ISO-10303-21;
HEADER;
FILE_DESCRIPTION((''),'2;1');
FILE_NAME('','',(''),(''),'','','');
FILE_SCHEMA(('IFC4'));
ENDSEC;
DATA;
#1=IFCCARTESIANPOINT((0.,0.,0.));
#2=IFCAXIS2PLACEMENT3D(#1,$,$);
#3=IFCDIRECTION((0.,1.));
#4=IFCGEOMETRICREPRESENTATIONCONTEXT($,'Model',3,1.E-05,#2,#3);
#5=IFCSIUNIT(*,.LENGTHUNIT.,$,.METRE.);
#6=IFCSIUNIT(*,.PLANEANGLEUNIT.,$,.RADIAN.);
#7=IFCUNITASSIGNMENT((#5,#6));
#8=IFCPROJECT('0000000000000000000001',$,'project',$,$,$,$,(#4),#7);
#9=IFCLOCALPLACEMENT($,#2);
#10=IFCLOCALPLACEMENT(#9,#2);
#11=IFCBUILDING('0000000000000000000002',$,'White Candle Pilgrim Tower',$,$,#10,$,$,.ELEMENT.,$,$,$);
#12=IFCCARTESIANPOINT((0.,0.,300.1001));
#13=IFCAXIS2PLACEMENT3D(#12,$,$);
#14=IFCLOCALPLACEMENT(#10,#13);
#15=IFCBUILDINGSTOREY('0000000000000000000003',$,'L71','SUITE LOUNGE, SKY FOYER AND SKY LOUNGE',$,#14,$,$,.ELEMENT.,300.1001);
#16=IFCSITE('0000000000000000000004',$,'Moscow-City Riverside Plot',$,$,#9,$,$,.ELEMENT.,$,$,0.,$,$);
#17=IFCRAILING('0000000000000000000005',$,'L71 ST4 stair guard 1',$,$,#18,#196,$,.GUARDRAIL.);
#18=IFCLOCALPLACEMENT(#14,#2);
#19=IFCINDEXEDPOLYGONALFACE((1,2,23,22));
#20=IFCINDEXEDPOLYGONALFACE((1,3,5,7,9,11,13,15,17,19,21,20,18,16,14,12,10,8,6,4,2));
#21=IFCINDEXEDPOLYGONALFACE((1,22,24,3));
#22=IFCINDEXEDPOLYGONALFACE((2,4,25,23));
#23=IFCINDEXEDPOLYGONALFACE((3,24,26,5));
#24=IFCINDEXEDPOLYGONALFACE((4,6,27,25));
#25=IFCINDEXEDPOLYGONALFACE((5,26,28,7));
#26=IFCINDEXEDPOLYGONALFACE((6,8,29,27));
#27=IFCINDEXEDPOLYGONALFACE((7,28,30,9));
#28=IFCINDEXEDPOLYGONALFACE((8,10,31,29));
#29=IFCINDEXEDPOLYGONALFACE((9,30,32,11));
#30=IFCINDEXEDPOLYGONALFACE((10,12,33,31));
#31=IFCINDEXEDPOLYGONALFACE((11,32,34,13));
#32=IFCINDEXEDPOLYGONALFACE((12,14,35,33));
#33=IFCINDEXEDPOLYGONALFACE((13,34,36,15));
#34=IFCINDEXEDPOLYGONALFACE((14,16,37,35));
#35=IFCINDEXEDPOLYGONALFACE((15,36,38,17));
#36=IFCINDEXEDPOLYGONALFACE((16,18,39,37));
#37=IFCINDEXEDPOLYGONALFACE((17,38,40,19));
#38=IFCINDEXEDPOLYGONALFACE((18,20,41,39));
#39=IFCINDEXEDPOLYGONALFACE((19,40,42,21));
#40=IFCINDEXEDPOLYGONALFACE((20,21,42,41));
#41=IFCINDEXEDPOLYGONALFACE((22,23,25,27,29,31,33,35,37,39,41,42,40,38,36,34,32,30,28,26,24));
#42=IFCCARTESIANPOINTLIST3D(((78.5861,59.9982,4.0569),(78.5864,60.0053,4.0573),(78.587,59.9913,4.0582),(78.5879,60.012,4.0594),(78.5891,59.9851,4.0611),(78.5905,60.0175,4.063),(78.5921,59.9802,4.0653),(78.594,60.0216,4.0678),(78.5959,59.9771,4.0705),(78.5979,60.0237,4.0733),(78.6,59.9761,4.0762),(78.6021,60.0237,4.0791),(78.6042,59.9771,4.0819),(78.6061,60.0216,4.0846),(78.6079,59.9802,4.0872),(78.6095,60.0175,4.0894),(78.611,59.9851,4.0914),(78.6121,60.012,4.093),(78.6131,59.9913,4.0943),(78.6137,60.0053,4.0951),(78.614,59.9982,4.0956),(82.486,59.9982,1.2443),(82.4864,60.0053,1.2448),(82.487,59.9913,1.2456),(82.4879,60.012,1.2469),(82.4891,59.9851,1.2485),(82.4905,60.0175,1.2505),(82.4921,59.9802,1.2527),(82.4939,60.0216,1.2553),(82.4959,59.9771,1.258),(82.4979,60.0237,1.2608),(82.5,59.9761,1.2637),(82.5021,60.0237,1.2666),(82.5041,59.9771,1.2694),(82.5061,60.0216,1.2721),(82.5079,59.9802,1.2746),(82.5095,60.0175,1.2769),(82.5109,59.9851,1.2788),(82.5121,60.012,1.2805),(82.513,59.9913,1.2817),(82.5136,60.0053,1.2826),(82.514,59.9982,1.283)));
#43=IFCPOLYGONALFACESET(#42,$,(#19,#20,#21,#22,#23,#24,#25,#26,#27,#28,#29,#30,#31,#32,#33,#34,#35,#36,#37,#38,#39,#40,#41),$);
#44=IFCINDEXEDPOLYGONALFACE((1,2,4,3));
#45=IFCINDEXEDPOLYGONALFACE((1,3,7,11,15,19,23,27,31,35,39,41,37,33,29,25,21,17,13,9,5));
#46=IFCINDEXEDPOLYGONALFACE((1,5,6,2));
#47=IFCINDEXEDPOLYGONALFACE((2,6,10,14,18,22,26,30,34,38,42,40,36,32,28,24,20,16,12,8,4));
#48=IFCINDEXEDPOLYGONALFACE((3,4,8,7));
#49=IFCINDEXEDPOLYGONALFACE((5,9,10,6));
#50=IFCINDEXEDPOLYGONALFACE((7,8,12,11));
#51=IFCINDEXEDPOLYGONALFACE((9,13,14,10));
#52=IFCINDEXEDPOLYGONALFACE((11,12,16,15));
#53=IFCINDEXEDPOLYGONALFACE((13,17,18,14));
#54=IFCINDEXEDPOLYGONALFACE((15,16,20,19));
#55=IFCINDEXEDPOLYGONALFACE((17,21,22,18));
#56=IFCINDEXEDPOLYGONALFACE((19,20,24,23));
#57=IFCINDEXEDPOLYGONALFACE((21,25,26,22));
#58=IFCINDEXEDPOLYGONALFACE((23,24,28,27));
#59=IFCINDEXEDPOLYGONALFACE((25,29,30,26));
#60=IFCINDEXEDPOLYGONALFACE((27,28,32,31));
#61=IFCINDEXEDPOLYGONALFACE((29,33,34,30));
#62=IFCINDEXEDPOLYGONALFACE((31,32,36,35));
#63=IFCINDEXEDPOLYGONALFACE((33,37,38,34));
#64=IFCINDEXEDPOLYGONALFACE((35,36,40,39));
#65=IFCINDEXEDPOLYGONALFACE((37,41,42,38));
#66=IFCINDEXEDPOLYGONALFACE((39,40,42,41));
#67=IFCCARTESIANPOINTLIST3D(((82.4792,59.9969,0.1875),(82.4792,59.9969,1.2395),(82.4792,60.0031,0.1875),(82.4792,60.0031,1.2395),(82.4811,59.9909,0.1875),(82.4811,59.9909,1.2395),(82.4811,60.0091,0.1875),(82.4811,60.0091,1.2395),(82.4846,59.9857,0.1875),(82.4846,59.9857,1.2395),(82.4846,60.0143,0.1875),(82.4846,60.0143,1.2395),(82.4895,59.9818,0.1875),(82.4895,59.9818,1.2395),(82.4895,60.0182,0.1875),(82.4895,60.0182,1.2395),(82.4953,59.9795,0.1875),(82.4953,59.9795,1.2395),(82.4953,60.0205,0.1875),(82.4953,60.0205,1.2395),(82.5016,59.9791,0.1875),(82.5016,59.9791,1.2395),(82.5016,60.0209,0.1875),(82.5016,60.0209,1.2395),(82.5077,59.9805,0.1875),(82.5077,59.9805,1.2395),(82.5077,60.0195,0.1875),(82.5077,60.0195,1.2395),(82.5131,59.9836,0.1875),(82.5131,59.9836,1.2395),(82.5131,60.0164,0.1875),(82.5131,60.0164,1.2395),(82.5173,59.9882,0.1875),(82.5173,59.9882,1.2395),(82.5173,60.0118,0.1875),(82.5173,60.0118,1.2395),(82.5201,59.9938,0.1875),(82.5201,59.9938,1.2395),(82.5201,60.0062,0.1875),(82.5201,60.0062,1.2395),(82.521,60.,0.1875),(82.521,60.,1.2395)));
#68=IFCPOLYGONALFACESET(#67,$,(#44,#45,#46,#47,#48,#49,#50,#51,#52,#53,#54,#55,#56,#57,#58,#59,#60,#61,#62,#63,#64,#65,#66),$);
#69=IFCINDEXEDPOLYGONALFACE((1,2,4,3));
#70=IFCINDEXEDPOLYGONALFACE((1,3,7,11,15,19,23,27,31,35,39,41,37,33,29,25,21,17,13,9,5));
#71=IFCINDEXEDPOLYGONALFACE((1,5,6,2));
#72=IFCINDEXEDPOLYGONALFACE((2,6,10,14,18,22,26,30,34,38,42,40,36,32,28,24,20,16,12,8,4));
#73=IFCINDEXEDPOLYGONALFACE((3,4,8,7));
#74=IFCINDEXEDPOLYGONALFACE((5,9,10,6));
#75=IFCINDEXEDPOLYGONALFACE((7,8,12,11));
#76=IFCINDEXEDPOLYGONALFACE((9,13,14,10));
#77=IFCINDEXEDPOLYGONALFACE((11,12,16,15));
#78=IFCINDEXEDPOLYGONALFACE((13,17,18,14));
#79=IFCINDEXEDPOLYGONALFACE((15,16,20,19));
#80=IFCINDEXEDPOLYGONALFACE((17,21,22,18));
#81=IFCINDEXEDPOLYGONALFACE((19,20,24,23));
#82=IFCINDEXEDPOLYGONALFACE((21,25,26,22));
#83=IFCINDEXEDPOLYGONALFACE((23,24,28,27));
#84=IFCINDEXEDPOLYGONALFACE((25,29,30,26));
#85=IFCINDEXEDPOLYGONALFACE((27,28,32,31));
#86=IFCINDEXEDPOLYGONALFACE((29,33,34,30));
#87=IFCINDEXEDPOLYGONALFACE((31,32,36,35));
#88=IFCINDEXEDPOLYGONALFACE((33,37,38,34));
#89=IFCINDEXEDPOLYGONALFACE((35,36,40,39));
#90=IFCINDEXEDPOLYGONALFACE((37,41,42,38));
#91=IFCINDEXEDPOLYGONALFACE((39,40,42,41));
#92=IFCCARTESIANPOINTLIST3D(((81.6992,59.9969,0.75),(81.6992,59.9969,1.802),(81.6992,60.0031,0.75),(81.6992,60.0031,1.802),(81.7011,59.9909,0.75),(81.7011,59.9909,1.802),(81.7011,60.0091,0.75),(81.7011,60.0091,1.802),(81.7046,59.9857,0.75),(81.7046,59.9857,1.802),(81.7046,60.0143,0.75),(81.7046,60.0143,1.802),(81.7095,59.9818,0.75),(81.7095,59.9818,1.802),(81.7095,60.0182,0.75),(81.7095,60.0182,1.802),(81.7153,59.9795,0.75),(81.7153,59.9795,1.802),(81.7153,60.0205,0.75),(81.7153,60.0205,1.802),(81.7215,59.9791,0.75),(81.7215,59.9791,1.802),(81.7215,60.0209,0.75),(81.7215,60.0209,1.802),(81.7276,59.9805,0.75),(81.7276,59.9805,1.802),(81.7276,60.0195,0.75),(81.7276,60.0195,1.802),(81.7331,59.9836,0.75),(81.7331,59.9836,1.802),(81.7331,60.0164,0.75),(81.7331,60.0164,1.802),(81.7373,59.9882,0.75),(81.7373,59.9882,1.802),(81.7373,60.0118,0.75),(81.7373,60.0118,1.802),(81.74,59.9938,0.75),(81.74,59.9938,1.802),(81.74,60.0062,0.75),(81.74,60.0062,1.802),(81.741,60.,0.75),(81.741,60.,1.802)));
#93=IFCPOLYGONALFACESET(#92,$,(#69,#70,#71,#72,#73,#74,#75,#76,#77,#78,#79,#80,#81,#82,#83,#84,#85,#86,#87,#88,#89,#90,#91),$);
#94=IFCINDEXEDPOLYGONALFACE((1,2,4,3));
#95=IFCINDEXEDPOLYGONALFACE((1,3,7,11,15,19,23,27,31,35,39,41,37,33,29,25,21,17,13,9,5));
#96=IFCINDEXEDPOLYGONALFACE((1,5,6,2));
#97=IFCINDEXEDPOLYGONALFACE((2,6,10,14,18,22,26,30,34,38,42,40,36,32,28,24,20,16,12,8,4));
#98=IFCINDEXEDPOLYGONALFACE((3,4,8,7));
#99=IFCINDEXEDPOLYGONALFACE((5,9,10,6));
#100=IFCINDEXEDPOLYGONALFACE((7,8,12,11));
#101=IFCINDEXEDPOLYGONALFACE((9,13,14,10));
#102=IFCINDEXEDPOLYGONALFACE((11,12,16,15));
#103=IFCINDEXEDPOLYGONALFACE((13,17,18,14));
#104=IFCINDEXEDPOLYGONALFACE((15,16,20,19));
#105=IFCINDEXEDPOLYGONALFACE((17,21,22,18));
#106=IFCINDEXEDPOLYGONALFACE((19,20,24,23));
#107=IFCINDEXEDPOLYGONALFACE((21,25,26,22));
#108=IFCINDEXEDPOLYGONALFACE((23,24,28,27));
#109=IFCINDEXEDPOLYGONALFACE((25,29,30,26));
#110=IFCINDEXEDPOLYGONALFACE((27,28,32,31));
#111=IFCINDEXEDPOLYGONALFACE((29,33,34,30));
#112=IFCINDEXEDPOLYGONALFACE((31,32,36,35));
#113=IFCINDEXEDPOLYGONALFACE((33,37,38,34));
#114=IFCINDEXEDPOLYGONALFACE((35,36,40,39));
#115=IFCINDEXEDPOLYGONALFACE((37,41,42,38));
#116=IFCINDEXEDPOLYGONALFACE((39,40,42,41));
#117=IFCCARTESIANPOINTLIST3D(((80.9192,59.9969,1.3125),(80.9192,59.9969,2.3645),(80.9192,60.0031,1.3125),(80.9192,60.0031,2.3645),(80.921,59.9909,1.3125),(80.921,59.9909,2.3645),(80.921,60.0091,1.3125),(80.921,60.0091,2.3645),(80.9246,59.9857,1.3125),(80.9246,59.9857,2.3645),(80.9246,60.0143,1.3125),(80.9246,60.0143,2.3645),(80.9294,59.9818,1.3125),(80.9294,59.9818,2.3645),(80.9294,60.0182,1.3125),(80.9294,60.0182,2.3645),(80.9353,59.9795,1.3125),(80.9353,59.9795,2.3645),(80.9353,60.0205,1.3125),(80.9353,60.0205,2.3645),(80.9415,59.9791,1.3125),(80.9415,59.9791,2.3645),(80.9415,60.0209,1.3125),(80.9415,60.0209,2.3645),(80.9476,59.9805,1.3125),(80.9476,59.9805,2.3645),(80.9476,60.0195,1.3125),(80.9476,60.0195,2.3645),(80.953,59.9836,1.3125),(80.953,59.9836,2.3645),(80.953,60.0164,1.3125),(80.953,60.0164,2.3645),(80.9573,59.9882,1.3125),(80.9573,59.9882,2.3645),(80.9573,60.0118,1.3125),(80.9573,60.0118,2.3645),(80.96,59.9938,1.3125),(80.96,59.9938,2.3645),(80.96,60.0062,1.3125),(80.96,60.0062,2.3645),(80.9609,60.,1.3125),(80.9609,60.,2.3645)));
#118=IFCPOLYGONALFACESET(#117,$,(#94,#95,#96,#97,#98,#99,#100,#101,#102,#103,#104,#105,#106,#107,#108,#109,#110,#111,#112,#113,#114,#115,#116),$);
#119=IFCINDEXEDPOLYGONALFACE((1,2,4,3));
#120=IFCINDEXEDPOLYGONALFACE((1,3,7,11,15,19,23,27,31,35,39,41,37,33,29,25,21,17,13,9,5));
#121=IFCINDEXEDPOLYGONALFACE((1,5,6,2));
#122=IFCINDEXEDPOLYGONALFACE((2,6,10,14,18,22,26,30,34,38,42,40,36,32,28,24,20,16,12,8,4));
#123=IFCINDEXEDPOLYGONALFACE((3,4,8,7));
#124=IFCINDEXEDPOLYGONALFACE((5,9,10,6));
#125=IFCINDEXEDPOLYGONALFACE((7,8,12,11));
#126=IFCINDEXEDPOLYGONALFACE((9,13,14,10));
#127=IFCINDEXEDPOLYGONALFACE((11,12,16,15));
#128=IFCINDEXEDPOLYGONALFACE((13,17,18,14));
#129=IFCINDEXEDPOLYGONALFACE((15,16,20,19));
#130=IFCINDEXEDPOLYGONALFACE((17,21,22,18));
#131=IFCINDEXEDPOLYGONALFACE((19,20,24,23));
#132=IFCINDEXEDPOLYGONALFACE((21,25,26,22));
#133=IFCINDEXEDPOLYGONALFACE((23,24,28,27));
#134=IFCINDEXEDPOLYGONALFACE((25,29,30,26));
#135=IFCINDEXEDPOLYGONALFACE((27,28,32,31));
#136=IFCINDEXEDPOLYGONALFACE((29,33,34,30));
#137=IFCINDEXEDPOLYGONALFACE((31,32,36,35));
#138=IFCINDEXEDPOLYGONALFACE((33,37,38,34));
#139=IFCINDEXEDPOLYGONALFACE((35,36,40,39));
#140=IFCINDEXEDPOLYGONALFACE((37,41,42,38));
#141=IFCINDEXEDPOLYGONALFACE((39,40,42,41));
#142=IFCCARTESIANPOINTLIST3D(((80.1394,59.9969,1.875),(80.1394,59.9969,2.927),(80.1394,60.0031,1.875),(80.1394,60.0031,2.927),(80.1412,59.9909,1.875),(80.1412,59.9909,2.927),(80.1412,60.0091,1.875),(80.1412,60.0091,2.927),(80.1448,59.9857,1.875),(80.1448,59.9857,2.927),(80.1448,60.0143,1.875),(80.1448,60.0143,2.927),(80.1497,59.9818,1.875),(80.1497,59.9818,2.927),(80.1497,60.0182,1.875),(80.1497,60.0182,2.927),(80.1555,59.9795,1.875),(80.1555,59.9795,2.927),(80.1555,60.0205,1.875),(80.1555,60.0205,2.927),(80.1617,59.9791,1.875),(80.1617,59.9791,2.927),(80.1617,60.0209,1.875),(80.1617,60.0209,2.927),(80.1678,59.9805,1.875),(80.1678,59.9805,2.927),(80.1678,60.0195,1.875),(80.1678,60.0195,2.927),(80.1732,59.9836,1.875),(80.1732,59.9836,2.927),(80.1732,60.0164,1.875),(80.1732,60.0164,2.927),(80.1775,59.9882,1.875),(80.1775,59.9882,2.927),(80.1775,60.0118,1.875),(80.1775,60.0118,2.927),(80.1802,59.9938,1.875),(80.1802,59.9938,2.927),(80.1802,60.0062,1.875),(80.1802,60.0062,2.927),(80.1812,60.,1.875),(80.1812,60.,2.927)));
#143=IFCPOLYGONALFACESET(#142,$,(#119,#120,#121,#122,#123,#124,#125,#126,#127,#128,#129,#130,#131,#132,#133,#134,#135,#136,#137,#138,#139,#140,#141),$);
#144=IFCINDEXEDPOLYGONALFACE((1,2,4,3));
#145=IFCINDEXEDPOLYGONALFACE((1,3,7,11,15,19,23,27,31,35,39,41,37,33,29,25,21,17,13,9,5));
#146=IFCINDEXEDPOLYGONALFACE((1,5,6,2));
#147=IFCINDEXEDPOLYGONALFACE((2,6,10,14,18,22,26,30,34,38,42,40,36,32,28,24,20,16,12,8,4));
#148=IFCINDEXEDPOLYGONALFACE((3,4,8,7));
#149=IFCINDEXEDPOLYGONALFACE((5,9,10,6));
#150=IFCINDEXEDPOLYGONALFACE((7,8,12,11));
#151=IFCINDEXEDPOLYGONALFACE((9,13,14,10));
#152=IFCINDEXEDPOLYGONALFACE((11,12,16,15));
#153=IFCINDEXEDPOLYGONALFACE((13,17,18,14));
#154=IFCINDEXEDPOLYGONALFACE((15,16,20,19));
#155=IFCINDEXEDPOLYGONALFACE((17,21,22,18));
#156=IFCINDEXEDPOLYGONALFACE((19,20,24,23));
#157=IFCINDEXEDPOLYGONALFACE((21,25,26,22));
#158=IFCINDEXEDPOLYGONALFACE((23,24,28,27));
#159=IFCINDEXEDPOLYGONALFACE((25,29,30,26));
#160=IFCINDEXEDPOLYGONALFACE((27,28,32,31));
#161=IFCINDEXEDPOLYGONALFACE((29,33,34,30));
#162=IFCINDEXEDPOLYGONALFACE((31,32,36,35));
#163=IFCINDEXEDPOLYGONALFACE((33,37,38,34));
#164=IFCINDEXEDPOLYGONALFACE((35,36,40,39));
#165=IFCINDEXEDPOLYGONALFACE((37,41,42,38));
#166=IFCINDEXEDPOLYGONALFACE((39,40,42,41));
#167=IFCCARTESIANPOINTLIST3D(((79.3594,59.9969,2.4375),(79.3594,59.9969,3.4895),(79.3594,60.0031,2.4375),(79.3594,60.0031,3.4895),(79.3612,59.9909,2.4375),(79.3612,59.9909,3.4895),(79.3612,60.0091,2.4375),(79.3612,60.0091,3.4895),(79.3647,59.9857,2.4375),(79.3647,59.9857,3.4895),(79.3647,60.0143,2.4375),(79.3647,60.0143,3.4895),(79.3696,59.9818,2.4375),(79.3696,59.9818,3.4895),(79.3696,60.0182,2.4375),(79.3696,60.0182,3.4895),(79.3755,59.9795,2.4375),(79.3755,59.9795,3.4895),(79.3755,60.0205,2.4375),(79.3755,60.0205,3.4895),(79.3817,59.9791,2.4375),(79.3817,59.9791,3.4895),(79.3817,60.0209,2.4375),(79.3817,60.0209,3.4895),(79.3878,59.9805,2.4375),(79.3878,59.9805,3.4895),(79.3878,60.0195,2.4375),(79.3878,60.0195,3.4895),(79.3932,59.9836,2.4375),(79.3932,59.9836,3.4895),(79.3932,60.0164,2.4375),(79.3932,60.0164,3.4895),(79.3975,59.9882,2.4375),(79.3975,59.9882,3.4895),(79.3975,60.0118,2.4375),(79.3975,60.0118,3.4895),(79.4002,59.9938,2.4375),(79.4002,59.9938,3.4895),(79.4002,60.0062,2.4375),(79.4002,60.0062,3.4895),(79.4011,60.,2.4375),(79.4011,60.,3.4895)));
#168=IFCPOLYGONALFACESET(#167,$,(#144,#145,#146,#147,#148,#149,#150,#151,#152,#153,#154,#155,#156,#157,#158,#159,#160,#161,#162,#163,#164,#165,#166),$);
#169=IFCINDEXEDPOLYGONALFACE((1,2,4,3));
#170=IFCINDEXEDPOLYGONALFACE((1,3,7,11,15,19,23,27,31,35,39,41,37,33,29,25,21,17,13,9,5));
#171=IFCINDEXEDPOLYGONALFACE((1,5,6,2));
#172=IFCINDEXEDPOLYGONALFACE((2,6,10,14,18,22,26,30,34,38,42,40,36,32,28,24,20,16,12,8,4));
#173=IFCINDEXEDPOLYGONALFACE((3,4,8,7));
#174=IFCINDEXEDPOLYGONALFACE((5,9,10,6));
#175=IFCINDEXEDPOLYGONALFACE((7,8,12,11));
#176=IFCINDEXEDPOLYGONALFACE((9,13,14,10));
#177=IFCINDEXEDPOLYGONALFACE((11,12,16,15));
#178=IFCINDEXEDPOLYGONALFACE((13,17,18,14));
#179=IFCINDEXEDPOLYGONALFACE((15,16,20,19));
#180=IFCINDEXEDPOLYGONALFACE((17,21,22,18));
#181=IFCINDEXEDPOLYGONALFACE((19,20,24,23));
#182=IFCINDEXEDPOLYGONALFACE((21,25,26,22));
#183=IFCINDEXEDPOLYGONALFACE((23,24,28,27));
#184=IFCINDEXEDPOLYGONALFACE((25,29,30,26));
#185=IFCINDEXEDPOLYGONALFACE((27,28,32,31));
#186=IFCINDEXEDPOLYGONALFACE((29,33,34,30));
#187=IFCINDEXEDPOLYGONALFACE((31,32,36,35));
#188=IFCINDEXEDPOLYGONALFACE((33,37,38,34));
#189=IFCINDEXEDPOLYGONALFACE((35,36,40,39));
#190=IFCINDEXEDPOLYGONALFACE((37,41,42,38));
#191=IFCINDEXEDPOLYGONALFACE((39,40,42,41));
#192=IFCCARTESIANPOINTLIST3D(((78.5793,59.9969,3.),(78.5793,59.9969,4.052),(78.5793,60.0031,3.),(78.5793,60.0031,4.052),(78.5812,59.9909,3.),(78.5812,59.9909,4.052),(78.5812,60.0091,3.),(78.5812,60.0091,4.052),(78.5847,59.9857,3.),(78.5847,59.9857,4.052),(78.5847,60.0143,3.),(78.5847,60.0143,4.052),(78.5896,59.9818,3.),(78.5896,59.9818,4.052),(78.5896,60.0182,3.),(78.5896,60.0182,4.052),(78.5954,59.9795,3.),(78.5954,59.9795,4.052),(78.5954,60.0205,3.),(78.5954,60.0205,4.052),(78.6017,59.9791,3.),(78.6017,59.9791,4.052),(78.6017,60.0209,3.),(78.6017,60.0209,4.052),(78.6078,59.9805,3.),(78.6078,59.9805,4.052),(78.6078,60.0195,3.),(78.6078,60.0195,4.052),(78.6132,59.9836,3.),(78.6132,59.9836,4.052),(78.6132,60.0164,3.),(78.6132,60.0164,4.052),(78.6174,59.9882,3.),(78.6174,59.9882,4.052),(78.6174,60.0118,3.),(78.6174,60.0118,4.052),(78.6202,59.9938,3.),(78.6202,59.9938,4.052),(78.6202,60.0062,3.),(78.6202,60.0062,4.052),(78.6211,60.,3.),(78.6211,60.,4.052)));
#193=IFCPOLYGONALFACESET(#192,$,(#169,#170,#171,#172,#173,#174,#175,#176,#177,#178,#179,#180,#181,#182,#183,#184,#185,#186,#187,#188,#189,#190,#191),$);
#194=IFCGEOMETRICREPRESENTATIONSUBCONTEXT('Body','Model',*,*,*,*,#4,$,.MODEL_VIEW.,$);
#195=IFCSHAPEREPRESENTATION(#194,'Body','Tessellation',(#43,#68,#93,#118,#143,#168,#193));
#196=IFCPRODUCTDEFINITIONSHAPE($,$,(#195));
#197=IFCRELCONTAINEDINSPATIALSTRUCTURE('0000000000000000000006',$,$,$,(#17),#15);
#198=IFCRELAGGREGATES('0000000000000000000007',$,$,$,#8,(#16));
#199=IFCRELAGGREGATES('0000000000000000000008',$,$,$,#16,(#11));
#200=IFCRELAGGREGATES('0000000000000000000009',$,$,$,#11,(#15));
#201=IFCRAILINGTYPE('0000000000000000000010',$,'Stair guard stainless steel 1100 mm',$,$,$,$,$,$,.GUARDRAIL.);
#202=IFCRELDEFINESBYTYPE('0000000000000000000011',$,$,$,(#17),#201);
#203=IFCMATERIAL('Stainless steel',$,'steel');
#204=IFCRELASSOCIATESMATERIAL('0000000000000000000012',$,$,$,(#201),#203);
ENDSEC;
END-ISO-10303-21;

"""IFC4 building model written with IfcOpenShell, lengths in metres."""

from ifc_helpers import new_model, si_unit, direction, frame, origin, origin_2d, place, context, subcontext, project, spatial, circle, extrude, material, type_object, element, save


model = new_model("IFC4")

# Units and contexts
model_context = context("Model", 3, precision=1e-05, world=origin(), true_north=direction((0.0, 1.0)))
body_context = subcontext(model_context, "Body", "Model", "MODEL_VIEW")
ifc_project = project(units=[si_unit("LENGTHUNIT", "METRE"), si_unit("PLANEANGLEUNIT", "RADIAN")], contexts=[model_context])

# Site, building, storey
site_placement = place(None, origin())
site = spatial("IfcSite", under=ifc_project, at=site_placement, Name="Moscow-City Riverside Plot", CompositionType="ELEMENT", RefElevation=0.0)
building_placement = place(site_placement, origin())
building = spatial("IfcBuilding", under=site, at=building_placement, Name="White Candle Pilgrim Tower", CompositionType="ELEMENT")
storey_placement = place(building_placement, frame((0.0, 0.0, 300.1001)))
storey = spatial("IfcBuildingStorey", under=building, at=storey_placement, Name="L71", Description="SUITE LOUNGE, SKY FOYER AND SKY LOUNGE", CompositionType="ELEMENT", Elevation=300.1001)

# Railing
ifc_material_1 = material(Name="Stainless steel", Category="steel")
railing_type_1 = type_object("IfcRailingType", Name="Stair guard stainless steel 1100 mm", PredefinedType="GUARDRAIL", material=ifc_material_1)
railing_1_placement = place(storey_placement, frame((82.5, 60.0, 0.1875)))
element("IfcRailing", 1, at=railing_1_placement, inside=storey, type_object=railing_type_1, Name="L71 ST4 stair guard 1", PredefinedType="GUARDRAIL", context=body_context, shape_type="SweptSolid", body=[
    extrude(circle(Radius=0.0239, at=origin_2d()), frame((0.0, 0.0, 1.0762), z_axis=(-0.811083, 0.0, 0.584931), x_axis=(0.0, -1.0, 0.0)), (0.0, 0.0, 1.0), 4.8083),
    extrude(circle(Radius=0.021, at=origin_2d()), origin(), (0.0, 0.0, 1.0), 1.052),
    extrude(circle(Radius=0.021, at=origin_2d()), frame((-0.78, 0.0, 0.5625)), (0.0, 0.0, 1.0), 1.052),
    extrude(circle(Radius=0.021, at=origin_2d()), frame((-1.5601, 0.0, 1.125)), (0.0, 0.0, 1.0), 1.052),
    extrude(circle(Radius=0.021, at=origin_2d()), frame((-2.3398, 0.0, 1.6875)), (0.0, 0.0, 1.0), 1.052),
    extrude(circle(Radius=0.021, at=origin_2d()), frame((-3.1199, 0.0, 2.25)), (0.0, 0.0, 1.0), 1.052),
    extrude(circle(Radius=0.021, at=origin_2d()), frame((-3.8999, 0.0, 2.8125)), (0.0, 0.0, 1.0), 1.052),
])

save(model, "model.ifc")
